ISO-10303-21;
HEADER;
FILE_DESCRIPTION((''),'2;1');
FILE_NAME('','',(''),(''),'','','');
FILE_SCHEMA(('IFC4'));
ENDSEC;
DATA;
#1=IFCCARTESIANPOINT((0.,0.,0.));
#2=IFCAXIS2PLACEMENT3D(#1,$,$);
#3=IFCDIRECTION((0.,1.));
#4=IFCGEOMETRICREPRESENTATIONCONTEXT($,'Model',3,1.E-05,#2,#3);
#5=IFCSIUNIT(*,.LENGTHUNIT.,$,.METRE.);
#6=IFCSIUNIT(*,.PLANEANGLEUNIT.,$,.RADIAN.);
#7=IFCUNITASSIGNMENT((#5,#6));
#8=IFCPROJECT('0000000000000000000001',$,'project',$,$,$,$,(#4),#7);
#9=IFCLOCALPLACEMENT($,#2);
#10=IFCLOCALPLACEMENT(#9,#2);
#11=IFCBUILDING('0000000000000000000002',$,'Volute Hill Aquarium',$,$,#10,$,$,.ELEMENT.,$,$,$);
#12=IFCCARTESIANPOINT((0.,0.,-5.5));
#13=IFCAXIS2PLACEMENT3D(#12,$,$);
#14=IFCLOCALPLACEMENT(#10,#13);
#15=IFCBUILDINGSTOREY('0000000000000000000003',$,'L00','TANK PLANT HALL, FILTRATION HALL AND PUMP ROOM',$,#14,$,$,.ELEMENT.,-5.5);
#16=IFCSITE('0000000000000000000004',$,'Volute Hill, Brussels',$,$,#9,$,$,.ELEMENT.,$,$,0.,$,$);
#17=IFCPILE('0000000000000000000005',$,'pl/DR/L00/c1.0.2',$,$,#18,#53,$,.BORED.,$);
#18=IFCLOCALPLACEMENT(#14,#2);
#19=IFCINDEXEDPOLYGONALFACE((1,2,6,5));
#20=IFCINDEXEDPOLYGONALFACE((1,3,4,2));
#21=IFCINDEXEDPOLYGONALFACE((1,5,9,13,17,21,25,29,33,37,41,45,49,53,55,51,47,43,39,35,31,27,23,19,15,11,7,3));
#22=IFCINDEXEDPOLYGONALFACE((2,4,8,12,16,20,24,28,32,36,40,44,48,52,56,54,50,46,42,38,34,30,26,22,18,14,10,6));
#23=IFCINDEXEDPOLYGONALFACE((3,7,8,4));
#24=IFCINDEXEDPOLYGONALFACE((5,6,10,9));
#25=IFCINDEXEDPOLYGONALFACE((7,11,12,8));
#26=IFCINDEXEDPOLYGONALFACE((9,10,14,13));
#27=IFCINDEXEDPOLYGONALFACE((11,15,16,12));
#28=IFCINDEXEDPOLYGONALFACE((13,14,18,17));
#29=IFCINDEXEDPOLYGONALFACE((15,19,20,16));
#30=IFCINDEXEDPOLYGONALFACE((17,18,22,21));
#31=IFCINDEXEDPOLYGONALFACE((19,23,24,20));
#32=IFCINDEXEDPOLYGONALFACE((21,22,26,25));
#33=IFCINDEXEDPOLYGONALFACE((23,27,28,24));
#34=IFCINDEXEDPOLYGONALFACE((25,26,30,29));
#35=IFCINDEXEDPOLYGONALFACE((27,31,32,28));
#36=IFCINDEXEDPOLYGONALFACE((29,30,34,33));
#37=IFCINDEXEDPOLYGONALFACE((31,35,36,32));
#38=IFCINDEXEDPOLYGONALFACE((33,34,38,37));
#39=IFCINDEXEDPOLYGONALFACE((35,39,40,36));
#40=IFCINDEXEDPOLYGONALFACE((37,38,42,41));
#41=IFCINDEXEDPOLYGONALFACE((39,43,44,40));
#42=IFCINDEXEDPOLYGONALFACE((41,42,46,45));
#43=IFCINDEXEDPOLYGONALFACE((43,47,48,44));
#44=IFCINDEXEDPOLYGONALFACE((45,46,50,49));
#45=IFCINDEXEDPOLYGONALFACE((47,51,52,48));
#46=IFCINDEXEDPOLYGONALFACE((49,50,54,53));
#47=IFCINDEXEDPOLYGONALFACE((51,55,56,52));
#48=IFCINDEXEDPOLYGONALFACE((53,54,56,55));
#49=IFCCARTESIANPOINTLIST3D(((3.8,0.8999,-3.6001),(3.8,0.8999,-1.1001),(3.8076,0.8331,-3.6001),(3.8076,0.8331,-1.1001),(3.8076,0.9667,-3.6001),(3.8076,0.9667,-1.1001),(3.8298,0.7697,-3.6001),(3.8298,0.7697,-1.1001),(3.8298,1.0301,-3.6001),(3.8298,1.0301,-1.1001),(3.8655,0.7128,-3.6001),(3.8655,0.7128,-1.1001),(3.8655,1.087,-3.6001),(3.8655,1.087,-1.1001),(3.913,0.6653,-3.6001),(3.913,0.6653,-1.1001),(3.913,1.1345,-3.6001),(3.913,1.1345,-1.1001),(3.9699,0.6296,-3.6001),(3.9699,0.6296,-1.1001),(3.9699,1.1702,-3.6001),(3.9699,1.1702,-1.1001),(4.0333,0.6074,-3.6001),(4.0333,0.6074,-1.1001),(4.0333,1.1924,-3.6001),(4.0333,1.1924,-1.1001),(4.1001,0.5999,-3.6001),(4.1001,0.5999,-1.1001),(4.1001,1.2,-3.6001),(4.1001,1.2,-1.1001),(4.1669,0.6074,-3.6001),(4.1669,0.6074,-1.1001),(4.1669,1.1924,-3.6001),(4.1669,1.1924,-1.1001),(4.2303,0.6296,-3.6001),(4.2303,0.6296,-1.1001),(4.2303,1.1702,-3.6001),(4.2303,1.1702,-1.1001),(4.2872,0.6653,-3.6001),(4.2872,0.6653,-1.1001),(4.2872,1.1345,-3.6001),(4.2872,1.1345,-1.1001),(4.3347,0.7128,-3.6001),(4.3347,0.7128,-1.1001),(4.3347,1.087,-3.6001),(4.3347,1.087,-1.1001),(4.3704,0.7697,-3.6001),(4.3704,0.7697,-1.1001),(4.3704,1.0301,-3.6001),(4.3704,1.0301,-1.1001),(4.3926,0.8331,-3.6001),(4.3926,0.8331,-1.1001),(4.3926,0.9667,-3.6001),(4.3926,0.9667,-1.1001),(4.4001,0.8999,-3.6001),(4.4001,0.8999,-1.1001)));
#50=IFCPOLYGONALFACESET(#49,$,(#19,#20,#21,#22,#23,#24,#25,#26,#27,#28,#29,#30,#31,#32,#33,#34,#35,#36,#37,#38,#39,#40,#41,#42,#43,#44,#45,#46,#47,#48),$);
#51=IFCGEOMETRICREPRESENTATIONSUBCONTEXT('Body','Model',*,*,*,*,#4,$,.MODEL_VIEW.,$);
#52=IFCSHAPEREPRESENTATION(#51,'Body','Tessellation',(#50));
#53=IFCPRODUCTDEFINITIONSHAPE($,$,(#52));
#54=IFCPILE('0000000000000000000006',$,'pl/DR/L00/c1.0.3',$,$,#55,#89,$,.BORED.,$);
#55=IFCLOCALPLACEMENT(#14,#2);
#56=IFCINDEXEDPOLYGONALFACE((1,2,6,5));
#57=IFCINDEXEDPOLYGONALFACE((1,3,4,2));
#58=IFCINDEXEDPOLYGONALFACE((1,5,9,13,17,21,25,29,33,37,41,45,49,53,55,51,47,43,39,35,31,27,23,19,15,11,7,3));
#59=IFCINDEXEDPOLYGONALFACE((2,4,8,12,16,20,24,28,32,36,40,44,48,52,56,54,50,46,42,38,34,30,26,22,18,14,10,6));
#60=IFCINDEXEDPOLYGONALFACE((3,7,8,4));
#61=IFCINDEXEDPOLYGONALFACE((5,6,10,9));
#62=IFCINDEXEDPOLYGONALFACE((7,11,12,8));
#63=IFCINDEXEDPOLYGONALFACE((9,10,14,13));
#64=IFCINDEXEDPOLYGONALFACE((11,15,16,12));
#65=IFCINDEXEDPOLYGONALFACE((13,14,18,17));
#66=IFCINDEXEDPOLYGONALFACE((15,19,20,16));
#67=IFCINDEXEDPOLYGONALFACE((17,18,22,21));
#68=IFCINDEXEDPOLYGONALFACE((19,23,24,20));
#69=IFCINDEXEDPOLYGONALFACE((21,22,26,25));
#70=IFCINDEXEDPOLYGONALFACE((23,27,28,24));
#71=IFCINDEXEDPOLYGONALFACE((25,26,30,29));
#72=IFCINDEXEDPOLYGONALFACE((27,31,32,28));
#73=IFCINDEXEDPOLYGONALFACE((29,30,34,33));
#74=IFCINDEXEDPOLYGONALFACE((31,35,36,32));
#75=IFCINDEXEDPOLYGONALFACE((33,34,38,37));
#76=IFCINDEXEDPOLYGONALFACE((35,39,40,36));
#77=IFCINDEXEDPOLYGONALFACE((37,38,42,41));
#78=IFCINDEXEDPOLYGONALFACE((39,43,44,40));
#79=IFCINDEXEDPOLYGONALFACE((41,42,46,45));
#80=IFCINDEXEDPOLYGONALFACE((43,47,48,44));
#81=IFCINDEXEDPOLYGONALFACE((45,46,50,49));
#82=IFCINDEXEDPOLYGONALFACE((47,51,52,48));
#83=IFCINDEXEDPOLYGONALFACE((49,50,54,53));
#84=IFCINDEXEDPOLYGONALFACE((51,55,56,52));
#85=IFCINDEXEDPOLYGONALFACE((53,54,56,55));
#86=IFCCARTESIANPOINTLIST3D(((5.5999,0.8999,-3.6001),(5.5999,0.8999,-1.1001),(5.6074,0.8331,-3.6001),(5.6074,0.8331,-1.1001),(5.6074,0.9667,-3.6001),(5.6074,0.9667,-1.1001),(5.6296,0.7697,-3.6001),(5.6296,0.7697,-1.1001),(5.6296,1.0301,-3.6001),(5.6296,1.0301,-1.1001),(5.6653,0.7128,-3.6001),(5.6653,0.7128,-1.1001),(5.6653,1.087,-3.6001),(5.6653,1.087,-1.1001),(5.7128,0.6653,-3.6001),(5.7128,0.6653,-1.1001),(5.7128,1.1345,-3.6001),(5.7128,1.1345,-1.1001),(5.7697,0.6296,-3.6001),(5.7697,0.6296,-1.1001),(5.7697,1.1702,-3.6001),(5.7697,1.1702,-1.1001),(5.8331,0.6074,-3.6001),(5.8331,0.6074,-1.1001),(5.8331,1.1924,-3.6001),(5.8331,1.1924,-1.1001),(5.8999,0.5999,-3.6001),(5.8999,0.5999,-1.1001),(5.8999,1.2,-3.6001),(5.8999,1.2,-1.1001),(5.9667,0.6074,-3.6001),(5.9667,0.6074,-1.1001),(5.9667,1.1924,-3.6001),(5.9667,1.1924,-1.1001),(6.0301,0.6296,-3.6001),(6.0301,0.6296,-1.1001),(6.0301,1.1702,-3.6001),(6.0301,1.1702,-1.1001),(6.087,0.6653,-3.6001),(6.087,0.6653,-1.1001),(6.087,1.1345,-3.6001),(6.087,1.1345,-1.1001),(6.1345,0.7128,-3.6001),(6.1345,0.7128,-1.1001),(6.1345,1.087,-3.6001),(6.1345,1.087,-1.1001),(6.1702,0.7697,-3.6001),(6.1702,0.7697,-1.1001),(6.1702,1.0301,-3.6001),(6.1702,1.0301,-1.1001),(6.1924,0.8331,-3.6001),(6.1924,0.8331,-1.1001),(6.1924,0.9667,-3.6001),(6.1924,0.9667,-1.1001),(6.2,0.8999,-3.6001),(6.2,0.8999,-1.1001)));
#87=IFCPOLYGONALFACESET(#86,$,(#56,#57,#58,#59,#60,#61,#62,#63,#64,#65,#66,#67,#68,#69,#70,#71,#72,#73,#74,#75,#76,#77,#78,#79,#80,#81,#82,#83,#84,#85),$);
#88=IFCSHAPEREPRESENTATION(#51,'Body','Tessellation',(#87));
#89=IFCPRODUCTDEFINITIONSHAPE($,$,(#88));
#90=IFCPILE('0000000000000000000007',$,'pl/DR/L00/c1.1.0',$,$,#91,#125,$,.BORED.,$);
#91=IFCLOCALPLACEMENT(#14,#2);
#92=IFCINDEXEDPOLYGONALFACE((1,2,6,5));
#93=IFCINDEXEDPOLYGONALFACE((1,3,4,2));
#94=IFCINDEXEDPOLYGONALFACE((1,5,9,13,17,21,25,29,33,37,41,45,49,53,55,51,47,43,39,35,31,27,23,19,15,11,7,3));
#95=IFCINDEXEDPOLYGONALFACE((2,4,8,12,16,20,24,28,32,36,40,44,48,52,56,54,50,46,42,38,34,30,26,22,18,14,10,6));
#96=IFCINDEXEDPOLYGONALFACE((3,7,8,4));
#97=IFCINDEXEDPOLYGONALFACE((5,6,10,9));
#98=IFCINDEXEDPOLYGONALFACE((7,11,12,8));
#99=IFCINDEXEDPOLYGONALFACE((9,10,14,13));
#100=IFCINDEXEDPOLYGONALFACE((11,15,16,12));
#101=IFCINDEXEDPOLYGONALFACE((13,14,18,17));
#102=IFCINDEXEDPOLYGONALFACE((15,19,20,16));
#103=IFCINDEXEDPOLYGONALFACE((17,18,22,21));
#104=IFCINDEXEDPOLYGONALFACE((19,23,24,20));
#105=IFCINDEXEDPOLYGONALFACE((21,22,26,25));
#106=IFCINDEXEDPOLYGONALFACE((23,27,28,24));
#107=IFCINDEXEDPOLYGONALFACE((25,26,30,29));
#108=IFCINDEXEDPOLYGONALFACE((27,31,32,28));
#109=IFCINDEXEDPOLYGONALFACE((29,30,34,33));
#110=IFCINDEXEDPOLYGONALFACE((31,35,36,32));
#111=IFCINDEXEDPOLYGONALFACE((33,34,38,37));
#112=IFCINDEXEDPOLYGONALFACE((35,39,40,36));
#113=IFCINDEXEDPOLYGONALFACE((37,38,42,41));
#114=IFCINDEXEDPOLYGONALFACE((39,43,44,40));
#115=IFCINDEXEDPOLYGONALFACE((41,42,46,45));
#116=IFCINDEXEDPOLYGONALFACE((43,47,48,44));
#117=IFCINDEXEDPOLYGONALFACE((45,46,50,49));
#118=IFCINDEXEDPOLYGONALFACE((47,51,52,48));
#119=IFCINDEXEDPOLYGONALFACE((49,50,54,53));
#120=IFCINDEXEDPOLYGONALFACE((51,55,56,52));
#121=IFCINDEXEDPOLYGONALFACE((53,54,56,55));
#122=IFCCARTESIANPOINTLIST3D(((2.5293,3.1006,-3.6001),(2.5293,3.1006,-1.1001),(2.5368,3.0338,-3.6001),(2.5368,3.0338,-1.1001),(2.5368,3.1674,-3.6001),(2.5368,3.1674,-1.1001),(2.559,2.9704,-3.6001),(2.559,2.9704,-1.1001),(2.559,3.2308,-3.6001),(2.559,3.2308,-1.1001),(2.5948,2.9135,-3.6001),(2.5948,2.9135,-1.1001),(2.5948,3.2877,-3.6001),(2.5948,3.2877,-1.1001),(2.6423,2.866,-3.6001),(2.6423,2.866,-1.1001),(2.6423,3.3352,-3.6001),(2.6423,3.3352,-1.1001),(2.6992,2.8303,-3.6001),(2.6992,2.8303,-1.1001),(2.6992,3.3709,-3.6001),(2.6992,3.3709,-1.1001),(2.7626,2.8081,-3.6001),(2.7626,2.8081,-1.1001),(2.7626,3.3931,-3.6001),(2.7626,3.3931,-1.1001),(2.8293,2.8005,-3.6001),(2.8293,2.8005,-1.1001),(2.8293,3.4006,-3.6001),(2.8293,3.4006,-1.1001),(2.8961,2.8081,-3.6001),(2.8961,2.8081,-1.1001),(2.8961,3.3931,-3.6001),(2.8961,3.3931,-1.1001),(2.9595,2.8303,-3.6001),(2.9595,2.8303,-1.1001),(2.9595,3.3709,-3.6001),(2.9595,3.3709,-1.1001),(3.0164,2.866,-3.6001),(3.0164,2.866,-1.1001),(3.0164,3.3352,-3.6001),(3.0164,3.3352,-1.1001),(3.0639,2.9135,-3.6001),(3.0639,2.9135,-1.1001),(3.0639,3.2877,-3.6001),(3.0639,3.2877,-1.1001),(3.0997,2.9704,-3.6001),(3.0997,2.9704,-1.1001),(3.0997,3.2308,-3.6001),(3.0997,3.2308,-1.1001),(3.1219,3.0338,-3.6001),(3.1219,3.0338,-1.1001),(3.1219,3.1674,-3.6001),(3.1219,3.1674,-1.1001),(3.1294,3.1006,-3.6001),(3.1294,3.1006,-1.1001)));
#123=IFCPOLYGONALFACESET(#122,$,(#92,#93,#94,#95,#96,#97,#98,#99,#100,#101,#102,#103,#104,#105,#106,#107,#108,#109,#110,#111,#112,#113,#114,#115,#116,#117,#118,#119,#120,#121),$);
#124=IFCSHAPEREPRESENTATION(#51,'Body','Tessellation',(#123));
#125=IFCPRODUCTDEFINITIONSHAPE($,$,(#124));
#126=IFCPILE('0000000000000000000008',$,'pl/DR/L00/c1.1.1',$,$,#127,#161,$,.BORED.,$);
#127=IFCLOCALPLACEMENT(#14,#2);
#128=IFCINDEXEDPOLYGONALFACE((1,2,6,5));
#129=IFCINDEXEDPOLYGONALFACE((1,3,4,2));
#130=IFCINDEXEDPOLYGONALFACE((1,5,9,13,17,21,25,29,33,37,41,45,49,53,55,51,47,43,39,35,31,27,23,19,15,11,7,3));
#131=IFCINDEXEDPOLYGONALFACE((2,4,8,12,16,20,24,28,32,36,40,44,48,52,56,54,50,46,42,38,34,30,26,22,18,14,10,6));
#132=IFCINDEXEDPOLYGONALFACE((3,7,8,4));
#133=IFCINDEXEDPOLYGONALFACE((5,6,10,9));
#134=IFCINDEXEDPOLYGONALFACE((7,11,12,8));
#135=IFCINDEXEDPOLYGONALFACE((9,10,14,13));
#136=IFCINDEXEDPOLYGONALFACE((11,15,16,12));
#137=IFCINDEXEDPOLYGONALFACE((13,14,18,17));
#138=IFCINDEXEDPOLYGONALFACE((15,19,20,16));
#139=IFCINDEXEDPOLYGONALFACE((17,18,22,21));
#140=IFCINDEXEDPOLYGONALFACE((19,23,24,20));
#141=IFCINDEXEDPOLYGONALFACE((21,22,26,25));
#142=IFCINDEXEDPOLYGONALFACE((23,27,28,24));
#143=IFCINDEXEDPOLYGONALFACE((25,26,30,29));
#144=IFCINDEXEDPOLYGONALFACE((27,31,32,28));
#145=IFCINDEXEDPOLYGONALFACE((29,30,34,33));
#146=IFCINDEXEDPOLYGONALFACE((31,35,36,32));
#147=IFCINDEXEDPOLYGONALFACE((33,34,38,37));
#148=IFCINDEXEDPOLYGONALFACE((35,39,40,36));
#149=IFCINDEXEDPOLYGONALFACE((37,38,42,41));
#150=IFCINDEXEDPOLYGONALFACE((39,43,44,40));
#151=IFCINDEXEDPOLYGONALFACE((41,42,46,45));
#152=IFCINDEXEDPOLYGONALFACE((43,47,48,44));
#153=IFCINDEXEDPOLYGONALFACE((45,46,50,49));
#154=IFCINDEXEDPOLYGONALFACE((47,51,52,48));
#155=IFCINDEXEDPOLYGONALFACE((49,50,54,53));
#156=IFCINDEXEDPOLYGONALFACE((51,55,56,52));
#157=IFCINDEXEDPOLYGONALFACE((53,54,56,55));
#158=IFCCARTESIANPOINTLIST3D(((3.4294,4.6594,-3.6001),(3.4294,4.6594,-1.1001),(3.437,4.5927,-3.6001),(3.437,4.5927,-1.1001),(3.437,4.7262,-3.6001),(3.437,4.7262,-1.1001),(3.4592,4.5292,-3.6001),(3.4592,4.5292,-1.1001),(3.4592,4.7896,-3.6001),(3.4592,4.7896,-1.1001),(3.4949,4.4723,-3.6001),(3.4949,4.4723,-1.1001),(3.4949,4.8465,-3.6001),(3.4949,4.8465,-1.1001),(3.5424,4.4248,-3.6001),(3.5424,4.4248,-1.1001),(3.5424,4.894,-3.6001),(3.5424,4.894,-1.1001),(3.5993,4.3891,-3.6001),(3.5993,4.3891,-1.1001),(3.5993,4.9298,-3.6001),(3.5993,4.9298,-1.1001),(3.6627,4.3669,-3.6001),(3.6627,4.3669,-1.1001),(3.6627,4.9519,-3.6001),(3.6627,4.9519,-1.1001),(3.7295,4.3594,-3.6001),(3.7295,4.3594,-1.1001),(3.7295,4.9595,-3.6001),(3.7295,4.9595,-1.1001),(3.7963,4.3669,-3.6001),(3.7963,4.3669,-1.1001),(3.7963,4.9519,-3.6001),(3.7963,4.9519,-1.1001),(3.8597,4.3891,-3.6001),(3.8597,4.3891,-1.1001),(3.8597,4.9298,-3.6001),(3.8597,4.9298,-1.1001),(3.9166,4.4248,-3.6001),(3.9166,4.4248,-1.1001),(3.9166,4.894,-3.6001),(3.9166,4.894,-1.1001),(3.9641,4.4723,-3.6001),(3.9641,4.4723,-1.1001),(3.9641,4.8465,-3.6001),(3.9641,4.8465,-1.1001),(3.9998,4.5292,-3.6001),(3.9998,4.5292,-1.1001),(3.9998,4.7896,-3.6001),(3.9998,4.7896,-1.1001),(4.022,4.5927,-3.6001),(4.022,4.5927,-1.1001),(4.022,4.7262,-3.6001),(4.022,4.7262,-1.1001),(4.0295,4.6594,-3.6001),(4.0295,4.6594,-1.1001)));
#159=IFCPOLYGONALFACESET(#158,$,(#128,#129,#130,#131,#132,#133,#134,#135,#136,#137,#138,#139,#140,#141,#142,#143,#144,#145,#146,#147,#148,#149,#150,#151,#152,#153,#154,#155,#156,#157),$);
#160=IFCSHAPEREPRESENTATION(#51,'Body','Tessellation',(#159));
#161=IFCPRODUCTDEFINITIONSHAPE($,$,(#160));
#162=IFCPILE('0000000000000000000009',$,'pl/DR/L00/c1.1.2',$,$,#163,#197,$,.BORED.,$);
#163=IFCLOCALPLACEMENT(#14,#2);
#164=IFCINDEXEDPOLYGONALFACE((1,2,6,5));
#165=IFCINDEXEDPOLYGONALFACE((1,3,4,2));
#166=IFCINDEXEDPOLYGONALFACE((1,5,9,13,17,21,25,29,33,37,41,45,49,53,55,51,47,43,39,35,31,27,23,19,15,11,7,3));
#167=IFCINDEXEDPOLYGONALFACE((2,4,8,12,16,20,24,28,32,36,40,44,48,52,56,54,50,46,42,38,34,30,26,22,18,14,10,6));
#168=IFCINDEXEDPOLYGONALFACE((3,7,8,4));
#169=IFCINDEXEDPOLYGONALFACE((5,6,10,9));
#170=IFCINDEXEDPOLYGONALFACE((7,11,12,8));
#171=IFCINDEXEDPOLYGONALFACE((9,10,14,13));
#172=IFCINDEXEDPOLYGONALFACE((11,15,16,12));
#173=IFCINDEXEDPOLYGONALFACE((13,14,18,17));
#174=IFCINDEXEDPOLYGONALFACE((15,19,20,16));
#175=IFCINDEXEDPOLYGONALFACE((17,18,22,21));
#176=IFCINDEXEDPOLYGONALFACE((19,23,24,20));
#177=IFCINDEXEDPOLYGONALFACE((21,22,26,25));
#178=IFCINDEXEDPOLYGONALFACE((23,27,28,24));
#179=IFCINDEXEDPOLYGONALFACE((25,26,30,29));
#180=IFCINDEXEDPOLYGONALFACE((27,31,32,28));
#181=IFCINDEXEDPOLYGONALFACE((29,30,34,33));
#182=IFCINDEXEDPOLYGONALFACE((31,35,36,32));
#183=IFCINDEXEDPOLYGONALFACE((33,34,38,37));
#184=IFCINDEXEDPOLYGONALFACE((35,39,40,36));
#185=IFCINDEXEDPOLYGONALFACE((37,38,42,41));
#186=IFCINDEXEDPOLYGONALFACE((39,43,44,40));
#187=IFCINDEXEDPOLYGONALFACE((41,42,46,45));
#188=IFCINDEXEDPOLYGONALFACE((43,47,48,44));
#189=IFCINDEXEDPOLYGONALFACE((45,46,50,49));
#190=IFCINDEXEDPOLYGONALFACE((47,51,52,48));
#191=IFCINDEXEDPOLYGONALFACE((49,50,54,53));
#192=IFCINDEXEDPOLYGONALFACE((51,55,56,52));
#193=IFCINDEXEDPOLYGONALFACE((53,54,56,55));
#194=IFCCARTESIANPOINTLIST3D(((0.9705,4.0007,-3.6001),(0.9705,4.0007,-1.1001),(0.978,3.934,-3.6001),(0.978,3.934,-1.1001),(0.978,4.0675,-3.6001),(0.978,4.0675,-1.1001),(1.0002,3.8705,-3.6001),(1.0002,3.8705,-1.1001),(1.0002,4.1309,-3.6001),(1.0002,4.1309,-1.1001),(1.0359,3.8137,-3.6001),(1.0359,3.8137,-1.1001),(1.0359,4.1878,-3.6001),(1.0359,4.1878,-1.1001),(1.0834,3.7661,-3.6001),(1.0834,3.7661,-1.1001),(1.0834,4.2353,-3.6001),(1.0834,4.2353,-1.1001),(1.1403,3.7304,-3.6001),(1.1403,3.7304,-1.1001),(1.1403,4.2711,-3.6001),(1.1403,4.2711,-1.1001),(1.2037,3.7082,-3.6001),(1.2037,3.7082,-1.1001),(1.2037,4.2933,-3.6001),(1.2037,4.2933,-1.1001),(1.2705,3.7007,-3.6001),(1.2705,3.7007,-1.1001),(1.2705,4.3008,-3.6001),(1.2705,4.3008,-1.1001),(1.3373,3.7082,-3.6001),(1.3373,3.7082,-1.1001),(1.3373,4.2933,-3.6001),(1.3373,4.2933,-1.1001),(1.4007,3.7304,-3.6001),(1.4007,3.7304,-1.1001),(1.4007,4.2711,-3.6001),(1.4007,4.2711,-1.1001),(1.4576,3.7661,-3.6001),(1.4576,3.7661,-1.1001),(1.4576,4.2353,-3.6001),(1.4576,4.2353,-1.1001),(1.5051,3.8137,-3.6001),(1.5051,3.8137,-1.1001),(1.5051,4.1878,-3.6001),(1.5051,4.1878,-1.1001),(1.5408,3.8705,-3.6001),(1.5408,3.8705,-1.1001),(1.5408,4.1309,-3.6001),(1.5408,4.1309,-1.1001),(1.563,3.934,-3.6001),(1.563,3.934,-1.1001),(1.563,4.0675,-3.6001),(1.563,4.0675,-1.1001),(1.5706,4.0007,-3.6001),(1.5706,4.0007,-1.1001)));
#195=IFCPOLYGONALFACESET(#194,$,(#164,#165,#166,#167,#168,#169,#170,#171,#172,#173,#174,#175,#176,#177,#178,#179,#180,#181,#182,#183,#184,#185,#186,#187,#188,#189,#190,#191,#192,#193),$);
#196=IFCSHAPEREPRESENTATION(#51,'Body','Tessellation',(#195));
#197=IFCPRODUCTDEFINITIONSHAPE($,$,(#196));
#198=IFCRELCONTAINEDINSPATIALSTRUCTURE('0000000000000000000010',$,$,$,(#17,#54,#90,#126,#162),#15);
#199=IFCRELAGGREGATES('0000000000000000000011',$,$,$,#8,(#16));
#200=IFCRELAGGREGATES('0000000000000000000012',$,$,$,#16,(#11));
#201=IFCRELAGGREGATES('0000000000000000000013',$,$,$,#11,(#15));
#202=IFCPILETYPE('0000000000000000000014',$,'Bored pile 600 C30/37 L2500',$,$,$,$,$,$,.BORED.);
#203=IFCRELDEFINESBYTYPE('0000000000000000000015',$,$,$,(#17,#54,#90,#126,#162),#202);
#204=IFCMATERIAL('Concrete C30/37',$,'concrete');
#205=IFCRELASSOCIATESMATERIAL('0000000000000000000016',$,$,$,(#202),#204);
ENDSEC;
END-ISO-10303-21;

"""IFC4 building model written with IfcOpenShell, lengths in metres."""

from ifc_helpers import new_model, si_unit, direction, frame, origin, origin_2d, place, context, subcontext, project, spatial, circle, extrude, material, type_object, element, save


model = new_model("IFC4")

# Units and contexts
model_context = context("Model", 3, precision=1e-05, world=origin(), true_north=direction((0.0, 1.0)))
body_context = subcontext(model_context, "Body", "Model", "MODEL_VIEW")
ifc_project = project(units=[si_unit("LENGTHUNIT", "METRE"), si_unit("PLANEANGLEUNIT", "RADIAN")], contexts=[model_context])

# Site, building, storey
site_placement = place(None, origin())
site = spatial("IfcSite", under=ifc_project, at=site_placement, Name="Volute Hill, Brussels", CompositionType="ELEMENT", RefElevation=0.0)
building_placement = place(site_placement, origin())
building = spatial("IfcBuilding", under=site, at=building_placement, Name="Volute Hill Aquarium", CompositionType="ELEMENT")
storey_placement = place(building_placement, frame((0.0, 0.0, -5.5)))
storey = spatial("IfcBuildingStorey", under=building, at=storey_placement, Name="L00", Description="TANK PLANT HALL, FILTRATION HALL AND PUMP ROOM", CompositionType="ELEMENT", Elevation=-5.5)

# Piles
ifc_material_1 = material(Name="Concrete C30/37", Category="concrete")
pile_type = type_object("IfcPileType", Name="Bored pile 600 C30/37 L2500", PredefinedType="BORED", material=ifc_material_1)
for number, where, z_axis, x_axis, name in (
    (1, (4.1001, 0.8999, -1.1001), (0.0, 0.0, -1.0), (1.0, 0.0, 0.0), "pl/DR/L00/c1.0.2"),
    (2, (5.8999, 0.8999, -1.1001), (0.0, 0.0, -1.0), (1.0, 0.0, 0.0), "pl/DR/L00/c1.0.3"),
    (3, (2.8293, 3.1006, -1.1001), (0.0, 0.0, -1.0), (1.0, 0.0, 0.0), "pl/DR/L00/c1.1.0"),
    (4, (3.7295, 4.6594, -1.1001), (0.0, 0.0, -1.0), (1.0, 0.0, 0.0), "pl/DR/L00/c1.1.1"),
    (5, (1.2705, 4.0007, -1.1001), (0.0, 0.0, -1.0), (1.0, 0.0, 0.0), "pl/DR/L00/c1.1.2"),
):
    element("IfcPile", number, at=place(storey_placement, frame(where, z_axis=z_axis, x_axis=x_axis)), inside=storey, type_object=pile_type, Name=name, PredefinedType="BORED", context=body_context, shape_type="SweptSolid", body=[
        extrude(circle(Radius=0.3, at=origin_2d()), origin(), (0.0, 0.0, 1.0), 2.5),
    ])

save(model, "model.ifc")
